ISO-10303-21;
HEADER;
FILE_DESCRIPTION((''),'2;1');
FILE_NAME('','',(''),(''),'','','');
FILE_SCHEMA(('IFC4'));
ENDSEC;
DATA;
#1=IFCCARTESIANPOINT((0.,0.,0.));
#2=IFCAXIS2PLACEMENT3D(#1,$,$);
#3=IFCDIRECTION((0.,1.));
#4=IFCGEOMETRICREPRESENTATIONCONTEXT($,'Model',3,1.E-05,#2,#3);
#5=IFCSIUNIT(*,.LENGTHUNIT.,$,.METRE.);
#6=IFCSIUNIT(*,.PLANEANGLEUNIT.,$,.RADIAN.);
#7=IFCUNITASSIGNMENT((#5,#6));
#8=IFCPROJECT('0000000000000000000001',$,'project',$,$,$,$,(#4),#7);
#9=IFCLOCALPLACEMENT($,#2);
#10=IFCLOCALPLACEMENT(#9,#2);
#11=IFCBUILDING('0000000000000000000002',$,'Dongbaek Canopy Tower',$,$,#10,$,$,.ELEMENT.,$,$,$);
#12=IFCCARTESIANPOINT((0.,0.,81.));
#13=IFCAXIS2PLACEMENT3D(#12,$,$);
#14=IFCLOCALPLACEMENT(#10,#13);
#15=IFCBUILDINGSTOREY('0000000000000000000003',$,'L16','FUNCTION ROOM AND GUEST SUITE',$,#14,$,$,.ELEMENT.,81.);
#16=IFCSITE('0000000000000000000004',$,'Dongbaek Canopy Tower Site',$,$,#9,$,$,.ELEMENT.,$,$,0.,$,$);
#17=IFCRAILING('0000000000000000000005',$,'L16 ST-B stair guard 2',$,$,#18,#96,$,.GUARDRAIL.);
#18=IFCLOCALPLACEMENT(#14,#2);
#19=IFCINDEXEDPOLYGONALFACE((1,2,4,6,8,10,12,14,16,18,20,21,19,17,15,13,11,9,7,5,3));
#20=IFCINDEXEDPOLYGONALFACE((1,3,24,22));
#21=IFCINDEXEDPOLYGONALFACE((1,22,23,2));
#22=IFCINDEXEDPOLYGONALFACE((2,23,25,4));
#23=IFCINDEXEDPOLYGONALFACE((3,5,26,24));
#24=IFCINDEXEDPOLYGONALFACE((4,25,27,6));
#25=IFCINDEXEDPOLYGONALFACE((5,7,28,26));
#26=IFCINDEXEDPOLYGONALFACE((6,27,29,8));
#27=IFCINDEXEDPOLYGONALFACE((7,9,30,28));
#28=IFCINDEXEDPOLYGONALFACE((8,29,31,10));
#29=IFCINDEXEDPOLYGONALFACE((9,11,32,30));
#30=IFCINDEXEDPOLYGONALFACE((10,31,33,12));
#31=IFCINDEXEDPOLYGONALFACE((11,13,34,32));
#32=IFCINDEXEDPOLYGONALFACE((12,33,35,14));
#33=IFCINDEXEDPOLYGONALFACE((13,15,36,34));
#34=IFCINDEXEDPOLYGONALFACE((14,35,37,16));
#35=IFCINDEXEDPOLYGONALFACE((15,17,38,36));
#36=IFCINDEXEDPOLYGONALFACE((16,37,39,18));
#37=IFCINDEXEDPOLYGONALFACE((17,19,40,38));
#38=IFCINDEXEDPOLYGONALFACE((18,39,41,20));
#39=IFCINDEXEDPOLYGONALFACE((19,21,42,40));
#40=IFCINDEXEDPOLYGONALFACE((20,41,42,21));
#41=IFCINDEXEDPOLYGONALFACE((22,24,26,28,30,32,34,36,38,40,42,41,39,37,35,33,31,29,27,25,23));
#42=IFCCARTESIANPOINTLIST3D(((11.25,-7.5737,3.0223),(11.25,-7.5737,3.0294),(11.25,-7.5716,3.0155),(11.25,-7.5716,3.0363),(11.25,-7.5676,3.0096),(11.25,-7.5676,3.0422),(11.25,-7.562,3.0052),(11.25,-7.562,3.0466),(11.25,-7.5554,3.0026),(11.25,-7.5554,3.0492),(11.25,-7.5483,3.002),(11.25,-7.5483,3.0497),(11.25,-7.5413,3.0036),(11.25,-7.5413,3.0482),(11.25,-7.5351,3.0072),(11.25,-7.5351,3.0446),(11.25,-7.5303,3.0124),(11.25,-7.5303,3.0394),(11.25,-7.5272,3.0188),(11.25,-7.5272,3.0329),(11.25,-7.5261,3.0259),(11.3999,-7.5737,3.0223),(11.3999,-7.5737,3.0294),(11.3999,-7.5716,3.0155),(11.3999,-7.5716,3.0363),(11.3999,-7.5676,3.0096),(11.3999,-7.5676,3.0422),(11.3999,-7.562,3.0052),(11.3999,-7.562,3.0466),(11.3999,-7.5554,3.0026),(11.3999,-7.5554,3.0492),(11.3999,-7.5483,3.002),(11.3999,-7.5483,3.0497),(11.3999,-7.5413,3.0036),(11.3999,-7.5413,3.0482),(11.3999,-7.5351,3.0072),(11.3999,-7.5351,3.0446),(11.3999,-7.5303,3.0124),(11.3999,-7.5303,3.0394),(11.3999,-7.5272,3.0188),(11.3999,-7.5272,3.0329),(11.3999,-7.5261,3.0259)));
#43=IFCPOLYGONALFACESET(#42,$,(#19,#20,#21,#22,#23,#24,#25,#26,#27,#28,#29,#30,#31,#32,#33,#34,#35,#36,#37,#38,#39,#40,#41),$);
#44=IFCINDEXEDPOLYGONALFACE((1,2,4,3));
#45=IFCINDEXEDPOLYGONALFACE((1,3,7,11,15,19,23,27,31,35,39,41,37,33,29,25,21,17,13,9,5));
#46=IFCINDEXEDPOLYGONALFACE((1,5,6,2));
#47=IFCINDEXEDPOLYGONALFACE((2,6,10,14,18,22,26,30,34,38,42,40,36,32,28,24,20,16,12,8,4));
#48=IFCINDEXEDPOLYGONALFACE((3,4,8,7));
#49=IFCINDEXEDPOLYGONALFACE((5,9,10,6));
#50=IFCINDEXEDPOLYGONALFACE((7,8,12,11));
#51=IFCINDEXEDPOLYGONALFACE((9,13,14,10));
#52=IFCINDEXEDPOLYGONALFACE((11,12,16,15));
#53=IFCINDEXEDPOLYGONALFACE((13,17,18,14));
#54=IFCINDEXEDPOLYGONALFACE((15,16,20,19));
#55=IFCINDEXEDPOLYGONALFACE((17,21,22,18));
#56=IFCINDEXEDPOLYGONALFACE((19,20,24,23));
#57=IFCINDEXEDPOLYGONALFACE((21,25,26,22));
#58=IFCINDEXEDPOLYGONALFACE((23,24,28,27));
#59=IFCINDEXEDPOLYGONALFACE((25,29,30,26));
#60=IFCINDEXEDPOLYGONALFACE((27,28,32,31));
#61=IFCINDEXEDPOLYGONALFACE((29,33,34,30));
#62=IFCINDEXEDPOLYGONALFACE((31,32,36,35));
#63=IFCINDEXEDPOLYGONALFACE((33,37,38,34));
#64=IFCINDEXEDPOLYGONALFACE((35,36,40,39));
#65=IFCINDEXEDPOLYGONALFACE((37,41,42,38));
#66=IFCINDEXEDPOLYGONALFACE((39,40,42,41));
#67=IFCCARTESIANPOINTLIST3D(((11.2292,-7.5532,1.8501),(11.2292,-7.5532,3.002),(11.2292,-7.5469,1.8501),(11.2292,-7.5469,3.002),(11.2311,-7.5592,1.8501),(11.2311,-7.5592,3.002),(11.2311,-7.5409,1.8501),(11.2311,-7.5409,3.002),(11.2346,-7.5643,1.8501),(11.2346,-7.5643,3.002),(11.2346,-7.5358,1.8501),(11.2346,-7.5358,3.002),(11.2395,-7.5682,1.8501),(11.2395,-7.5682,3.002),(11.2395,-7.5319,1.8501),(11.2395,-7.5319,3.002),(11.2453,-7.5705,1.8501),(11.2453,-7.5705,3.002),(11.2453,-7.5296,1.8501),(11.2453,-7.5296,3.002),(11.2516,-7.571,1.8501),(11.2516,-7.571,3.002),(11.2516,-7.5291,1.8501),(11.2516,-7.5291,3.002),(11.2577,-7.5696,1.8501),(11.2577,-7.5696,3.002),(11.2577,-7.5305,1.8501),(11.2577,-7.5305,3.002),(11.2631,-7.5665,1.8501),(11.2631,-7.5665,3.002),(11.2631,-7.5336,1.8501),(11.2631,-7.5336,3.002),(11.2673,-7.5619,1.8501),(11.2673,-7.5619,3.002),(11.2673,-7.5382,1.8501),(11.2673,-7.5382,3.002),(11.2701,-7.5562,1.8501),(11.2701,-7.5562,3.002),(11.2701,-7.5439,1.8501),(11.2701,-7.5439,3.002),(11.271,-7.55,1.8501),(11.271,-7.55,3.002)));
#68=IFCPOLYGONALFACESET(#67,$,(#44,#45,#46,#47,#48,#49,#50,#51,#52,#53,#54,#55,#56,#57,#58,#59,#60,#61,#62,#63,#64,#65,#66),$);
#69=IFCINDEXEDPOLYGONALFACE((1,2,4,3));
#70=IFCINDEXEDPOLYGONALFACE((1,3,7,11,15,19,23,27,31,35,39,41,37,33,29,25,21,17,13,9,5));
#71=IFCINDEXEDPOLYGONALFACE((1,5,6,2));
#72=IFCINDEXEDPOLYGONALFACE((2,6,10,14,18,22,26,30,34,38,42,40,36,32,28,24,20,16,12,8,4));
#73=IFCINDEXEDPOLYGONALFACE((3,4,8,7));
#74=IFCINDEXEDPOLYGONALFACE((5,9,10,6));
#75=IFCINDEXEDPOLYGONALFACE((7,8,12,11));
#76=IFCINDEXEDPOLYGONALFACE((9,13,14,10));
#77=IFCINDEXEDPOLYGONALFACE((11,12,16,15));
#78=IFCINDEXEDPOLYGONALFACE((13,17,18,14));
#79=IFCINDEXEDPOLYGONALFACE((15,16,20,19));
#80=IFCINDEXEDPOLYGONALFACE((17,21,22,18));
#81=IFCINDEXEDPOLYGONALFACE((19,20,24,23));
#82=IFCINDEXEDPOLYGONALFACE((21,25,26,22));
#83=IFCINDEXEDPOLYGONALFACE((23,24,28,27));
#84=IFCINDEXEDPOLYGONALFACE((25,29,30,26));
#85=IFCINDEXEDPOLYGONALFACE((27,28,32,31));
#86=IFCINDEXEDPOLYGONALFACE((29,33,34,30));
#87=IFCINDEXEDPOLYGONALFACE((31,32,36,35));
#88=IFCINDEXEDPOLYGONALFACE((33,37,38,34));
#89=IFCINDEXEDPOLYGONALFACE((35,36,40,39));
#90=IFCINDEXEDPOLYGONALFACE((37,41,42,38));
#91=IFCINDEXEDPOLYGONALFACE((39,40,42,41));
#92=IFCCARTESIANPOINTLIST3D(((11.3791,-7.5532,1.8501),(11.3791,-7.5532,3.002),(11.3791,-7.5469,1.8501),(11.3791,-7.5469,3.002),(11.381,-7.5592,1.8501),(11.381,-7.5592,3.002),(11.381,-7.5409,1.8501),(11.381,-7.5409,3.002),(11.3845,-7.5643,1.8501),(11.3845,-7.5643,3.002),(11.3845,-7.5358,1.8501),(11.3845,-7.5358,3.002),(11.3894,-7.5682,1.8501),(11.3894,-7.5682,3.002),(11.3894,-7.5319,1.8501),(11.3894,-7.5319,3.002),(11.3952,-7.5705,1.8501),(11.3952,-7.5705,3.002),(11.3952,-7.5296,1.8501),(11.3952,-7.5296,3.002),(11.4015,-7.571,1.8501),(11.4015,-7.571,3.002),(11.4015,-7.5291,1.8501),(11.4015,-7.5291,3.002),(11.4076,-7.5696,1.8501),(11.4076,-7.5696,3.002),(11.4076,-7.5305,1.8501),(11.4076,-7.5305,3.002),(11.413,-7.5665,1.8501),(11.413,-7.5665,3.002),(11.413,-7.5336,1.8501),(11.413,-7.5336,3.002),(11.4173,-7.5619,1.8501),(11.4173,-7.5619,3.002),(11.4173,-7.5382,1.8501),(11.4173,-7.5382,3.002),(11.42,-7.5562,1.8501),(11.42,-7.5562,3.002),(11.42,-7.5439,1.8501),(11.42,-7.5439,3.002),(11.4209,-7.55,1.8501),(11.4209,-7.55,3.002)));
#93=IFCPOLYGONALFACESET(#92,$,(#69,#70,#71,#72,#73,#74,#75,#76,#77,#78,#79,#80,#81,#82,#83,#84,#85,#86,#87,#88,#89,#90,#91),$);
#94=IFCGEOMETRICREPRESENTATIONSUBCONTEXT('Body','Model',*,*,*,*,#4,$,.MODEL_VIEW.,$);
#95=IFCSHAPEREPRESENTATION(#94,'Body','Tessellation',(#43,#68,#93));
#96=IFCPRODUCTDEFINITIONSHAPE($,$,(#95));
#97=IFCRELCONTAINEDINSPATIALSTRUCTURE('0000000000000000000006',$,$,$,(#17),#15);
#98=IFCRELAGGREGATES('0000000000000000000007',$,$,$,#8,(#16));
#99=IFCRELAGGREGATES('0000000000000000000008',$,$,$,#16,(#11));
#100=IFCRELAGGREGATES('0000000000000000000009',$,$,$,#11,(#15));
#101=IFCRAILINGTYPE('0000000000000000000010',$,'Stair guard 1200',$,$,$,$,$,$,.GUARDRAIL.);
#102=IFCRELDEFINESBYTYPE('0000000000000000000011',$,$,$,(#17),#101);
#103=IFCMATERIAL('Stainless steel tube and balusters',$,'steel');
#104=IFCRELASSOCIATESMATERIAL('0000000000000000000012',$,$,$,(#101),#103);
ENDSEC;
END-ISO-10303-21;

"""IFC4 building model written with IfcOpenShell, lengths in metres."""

from ifc_helpers import new_model, si_unit, direction, frame, origin, origin_2d, place, context, subcontext, project, spatial, circle, extrude, material, type_object, element, save


model = new_model("IFC4")

# Units and contexts
model_context = context("Model", 3, precision=1e-05, world=origin(), true_north=direction((0.0, 1.0)))
body_context = subcontext(model_context, "Body", "Model", "MODEL_VIEW")
ifc_project = project(units=[si_unit("LENGTHUNIT", "METRE"), si_unit("PLANEANGLEUNIT", "RADIAN")], contexts=[model_context])

# Site, building, storey
site_placement = place(None, origin())
site = spatial("IfcSite", under=ifc_project, at=site_placement, Name="Dongbaek Canopy Tower Site", CompositionType="ELEMENT", RefElevation=0.0)
building_placement = place(site_placement, origin())
building = spatial("IfcBuilding", under=site, at=building_placement, Name="Dongbaek Canopy Tower", CompositionType="ELEMENT")
storey_placement = place(building_placement, frame((0.0, 0.0, 81.0)))
storey = spatial("IfcBuildingStorey", under=building, at=storey_placement, Name="L16", Description="FUNCTION ROOM AND GUEST SUITE", CompositionType="ELEMENT", Elevation=81.0)

# Railing
ifc_material_1 = material(Name="Stainless steel tube and balusters", Category="steel")
railing_type_1 = type_object("IfcRailingType", Name="Stair guard 1200", PredefinedType="GUARDRAIL", material=ifc_material_1)
railing_1_placement = place(storey_placement, frame((11.25, -7.55, 1.8501)))
element("IfcRailing", 1, at=railing_1_placement, inside=storey, type_object=railing_type_1, Name="L16 ST-B stair guard 2", PredefinedType="GUARDRAIL", context=body_context, shape_type="SweptSolid", body=[
    extrude(circle(Radius=0.0239, at=origin_2d()), frame((0.0, 0.0, 1.1758), z_axis=(1.0, 0.0, 0.0), x_axis=(0.0, 1.0, 0.0)), (0.0, 0.0, 1.0), 0.1499),
    extrude(circle(Radius=0.021, at=origin_2d()), origin(), (0.0, 0.0, 1.0), 1.1519),
    extrude(circle(Radius=0.021, at=origin_2d()), frame((0.1499, 0.0, 0.0)), (0.0, 0.0, 1.0), 1.1519),
])

save(model, "model.ifc")
